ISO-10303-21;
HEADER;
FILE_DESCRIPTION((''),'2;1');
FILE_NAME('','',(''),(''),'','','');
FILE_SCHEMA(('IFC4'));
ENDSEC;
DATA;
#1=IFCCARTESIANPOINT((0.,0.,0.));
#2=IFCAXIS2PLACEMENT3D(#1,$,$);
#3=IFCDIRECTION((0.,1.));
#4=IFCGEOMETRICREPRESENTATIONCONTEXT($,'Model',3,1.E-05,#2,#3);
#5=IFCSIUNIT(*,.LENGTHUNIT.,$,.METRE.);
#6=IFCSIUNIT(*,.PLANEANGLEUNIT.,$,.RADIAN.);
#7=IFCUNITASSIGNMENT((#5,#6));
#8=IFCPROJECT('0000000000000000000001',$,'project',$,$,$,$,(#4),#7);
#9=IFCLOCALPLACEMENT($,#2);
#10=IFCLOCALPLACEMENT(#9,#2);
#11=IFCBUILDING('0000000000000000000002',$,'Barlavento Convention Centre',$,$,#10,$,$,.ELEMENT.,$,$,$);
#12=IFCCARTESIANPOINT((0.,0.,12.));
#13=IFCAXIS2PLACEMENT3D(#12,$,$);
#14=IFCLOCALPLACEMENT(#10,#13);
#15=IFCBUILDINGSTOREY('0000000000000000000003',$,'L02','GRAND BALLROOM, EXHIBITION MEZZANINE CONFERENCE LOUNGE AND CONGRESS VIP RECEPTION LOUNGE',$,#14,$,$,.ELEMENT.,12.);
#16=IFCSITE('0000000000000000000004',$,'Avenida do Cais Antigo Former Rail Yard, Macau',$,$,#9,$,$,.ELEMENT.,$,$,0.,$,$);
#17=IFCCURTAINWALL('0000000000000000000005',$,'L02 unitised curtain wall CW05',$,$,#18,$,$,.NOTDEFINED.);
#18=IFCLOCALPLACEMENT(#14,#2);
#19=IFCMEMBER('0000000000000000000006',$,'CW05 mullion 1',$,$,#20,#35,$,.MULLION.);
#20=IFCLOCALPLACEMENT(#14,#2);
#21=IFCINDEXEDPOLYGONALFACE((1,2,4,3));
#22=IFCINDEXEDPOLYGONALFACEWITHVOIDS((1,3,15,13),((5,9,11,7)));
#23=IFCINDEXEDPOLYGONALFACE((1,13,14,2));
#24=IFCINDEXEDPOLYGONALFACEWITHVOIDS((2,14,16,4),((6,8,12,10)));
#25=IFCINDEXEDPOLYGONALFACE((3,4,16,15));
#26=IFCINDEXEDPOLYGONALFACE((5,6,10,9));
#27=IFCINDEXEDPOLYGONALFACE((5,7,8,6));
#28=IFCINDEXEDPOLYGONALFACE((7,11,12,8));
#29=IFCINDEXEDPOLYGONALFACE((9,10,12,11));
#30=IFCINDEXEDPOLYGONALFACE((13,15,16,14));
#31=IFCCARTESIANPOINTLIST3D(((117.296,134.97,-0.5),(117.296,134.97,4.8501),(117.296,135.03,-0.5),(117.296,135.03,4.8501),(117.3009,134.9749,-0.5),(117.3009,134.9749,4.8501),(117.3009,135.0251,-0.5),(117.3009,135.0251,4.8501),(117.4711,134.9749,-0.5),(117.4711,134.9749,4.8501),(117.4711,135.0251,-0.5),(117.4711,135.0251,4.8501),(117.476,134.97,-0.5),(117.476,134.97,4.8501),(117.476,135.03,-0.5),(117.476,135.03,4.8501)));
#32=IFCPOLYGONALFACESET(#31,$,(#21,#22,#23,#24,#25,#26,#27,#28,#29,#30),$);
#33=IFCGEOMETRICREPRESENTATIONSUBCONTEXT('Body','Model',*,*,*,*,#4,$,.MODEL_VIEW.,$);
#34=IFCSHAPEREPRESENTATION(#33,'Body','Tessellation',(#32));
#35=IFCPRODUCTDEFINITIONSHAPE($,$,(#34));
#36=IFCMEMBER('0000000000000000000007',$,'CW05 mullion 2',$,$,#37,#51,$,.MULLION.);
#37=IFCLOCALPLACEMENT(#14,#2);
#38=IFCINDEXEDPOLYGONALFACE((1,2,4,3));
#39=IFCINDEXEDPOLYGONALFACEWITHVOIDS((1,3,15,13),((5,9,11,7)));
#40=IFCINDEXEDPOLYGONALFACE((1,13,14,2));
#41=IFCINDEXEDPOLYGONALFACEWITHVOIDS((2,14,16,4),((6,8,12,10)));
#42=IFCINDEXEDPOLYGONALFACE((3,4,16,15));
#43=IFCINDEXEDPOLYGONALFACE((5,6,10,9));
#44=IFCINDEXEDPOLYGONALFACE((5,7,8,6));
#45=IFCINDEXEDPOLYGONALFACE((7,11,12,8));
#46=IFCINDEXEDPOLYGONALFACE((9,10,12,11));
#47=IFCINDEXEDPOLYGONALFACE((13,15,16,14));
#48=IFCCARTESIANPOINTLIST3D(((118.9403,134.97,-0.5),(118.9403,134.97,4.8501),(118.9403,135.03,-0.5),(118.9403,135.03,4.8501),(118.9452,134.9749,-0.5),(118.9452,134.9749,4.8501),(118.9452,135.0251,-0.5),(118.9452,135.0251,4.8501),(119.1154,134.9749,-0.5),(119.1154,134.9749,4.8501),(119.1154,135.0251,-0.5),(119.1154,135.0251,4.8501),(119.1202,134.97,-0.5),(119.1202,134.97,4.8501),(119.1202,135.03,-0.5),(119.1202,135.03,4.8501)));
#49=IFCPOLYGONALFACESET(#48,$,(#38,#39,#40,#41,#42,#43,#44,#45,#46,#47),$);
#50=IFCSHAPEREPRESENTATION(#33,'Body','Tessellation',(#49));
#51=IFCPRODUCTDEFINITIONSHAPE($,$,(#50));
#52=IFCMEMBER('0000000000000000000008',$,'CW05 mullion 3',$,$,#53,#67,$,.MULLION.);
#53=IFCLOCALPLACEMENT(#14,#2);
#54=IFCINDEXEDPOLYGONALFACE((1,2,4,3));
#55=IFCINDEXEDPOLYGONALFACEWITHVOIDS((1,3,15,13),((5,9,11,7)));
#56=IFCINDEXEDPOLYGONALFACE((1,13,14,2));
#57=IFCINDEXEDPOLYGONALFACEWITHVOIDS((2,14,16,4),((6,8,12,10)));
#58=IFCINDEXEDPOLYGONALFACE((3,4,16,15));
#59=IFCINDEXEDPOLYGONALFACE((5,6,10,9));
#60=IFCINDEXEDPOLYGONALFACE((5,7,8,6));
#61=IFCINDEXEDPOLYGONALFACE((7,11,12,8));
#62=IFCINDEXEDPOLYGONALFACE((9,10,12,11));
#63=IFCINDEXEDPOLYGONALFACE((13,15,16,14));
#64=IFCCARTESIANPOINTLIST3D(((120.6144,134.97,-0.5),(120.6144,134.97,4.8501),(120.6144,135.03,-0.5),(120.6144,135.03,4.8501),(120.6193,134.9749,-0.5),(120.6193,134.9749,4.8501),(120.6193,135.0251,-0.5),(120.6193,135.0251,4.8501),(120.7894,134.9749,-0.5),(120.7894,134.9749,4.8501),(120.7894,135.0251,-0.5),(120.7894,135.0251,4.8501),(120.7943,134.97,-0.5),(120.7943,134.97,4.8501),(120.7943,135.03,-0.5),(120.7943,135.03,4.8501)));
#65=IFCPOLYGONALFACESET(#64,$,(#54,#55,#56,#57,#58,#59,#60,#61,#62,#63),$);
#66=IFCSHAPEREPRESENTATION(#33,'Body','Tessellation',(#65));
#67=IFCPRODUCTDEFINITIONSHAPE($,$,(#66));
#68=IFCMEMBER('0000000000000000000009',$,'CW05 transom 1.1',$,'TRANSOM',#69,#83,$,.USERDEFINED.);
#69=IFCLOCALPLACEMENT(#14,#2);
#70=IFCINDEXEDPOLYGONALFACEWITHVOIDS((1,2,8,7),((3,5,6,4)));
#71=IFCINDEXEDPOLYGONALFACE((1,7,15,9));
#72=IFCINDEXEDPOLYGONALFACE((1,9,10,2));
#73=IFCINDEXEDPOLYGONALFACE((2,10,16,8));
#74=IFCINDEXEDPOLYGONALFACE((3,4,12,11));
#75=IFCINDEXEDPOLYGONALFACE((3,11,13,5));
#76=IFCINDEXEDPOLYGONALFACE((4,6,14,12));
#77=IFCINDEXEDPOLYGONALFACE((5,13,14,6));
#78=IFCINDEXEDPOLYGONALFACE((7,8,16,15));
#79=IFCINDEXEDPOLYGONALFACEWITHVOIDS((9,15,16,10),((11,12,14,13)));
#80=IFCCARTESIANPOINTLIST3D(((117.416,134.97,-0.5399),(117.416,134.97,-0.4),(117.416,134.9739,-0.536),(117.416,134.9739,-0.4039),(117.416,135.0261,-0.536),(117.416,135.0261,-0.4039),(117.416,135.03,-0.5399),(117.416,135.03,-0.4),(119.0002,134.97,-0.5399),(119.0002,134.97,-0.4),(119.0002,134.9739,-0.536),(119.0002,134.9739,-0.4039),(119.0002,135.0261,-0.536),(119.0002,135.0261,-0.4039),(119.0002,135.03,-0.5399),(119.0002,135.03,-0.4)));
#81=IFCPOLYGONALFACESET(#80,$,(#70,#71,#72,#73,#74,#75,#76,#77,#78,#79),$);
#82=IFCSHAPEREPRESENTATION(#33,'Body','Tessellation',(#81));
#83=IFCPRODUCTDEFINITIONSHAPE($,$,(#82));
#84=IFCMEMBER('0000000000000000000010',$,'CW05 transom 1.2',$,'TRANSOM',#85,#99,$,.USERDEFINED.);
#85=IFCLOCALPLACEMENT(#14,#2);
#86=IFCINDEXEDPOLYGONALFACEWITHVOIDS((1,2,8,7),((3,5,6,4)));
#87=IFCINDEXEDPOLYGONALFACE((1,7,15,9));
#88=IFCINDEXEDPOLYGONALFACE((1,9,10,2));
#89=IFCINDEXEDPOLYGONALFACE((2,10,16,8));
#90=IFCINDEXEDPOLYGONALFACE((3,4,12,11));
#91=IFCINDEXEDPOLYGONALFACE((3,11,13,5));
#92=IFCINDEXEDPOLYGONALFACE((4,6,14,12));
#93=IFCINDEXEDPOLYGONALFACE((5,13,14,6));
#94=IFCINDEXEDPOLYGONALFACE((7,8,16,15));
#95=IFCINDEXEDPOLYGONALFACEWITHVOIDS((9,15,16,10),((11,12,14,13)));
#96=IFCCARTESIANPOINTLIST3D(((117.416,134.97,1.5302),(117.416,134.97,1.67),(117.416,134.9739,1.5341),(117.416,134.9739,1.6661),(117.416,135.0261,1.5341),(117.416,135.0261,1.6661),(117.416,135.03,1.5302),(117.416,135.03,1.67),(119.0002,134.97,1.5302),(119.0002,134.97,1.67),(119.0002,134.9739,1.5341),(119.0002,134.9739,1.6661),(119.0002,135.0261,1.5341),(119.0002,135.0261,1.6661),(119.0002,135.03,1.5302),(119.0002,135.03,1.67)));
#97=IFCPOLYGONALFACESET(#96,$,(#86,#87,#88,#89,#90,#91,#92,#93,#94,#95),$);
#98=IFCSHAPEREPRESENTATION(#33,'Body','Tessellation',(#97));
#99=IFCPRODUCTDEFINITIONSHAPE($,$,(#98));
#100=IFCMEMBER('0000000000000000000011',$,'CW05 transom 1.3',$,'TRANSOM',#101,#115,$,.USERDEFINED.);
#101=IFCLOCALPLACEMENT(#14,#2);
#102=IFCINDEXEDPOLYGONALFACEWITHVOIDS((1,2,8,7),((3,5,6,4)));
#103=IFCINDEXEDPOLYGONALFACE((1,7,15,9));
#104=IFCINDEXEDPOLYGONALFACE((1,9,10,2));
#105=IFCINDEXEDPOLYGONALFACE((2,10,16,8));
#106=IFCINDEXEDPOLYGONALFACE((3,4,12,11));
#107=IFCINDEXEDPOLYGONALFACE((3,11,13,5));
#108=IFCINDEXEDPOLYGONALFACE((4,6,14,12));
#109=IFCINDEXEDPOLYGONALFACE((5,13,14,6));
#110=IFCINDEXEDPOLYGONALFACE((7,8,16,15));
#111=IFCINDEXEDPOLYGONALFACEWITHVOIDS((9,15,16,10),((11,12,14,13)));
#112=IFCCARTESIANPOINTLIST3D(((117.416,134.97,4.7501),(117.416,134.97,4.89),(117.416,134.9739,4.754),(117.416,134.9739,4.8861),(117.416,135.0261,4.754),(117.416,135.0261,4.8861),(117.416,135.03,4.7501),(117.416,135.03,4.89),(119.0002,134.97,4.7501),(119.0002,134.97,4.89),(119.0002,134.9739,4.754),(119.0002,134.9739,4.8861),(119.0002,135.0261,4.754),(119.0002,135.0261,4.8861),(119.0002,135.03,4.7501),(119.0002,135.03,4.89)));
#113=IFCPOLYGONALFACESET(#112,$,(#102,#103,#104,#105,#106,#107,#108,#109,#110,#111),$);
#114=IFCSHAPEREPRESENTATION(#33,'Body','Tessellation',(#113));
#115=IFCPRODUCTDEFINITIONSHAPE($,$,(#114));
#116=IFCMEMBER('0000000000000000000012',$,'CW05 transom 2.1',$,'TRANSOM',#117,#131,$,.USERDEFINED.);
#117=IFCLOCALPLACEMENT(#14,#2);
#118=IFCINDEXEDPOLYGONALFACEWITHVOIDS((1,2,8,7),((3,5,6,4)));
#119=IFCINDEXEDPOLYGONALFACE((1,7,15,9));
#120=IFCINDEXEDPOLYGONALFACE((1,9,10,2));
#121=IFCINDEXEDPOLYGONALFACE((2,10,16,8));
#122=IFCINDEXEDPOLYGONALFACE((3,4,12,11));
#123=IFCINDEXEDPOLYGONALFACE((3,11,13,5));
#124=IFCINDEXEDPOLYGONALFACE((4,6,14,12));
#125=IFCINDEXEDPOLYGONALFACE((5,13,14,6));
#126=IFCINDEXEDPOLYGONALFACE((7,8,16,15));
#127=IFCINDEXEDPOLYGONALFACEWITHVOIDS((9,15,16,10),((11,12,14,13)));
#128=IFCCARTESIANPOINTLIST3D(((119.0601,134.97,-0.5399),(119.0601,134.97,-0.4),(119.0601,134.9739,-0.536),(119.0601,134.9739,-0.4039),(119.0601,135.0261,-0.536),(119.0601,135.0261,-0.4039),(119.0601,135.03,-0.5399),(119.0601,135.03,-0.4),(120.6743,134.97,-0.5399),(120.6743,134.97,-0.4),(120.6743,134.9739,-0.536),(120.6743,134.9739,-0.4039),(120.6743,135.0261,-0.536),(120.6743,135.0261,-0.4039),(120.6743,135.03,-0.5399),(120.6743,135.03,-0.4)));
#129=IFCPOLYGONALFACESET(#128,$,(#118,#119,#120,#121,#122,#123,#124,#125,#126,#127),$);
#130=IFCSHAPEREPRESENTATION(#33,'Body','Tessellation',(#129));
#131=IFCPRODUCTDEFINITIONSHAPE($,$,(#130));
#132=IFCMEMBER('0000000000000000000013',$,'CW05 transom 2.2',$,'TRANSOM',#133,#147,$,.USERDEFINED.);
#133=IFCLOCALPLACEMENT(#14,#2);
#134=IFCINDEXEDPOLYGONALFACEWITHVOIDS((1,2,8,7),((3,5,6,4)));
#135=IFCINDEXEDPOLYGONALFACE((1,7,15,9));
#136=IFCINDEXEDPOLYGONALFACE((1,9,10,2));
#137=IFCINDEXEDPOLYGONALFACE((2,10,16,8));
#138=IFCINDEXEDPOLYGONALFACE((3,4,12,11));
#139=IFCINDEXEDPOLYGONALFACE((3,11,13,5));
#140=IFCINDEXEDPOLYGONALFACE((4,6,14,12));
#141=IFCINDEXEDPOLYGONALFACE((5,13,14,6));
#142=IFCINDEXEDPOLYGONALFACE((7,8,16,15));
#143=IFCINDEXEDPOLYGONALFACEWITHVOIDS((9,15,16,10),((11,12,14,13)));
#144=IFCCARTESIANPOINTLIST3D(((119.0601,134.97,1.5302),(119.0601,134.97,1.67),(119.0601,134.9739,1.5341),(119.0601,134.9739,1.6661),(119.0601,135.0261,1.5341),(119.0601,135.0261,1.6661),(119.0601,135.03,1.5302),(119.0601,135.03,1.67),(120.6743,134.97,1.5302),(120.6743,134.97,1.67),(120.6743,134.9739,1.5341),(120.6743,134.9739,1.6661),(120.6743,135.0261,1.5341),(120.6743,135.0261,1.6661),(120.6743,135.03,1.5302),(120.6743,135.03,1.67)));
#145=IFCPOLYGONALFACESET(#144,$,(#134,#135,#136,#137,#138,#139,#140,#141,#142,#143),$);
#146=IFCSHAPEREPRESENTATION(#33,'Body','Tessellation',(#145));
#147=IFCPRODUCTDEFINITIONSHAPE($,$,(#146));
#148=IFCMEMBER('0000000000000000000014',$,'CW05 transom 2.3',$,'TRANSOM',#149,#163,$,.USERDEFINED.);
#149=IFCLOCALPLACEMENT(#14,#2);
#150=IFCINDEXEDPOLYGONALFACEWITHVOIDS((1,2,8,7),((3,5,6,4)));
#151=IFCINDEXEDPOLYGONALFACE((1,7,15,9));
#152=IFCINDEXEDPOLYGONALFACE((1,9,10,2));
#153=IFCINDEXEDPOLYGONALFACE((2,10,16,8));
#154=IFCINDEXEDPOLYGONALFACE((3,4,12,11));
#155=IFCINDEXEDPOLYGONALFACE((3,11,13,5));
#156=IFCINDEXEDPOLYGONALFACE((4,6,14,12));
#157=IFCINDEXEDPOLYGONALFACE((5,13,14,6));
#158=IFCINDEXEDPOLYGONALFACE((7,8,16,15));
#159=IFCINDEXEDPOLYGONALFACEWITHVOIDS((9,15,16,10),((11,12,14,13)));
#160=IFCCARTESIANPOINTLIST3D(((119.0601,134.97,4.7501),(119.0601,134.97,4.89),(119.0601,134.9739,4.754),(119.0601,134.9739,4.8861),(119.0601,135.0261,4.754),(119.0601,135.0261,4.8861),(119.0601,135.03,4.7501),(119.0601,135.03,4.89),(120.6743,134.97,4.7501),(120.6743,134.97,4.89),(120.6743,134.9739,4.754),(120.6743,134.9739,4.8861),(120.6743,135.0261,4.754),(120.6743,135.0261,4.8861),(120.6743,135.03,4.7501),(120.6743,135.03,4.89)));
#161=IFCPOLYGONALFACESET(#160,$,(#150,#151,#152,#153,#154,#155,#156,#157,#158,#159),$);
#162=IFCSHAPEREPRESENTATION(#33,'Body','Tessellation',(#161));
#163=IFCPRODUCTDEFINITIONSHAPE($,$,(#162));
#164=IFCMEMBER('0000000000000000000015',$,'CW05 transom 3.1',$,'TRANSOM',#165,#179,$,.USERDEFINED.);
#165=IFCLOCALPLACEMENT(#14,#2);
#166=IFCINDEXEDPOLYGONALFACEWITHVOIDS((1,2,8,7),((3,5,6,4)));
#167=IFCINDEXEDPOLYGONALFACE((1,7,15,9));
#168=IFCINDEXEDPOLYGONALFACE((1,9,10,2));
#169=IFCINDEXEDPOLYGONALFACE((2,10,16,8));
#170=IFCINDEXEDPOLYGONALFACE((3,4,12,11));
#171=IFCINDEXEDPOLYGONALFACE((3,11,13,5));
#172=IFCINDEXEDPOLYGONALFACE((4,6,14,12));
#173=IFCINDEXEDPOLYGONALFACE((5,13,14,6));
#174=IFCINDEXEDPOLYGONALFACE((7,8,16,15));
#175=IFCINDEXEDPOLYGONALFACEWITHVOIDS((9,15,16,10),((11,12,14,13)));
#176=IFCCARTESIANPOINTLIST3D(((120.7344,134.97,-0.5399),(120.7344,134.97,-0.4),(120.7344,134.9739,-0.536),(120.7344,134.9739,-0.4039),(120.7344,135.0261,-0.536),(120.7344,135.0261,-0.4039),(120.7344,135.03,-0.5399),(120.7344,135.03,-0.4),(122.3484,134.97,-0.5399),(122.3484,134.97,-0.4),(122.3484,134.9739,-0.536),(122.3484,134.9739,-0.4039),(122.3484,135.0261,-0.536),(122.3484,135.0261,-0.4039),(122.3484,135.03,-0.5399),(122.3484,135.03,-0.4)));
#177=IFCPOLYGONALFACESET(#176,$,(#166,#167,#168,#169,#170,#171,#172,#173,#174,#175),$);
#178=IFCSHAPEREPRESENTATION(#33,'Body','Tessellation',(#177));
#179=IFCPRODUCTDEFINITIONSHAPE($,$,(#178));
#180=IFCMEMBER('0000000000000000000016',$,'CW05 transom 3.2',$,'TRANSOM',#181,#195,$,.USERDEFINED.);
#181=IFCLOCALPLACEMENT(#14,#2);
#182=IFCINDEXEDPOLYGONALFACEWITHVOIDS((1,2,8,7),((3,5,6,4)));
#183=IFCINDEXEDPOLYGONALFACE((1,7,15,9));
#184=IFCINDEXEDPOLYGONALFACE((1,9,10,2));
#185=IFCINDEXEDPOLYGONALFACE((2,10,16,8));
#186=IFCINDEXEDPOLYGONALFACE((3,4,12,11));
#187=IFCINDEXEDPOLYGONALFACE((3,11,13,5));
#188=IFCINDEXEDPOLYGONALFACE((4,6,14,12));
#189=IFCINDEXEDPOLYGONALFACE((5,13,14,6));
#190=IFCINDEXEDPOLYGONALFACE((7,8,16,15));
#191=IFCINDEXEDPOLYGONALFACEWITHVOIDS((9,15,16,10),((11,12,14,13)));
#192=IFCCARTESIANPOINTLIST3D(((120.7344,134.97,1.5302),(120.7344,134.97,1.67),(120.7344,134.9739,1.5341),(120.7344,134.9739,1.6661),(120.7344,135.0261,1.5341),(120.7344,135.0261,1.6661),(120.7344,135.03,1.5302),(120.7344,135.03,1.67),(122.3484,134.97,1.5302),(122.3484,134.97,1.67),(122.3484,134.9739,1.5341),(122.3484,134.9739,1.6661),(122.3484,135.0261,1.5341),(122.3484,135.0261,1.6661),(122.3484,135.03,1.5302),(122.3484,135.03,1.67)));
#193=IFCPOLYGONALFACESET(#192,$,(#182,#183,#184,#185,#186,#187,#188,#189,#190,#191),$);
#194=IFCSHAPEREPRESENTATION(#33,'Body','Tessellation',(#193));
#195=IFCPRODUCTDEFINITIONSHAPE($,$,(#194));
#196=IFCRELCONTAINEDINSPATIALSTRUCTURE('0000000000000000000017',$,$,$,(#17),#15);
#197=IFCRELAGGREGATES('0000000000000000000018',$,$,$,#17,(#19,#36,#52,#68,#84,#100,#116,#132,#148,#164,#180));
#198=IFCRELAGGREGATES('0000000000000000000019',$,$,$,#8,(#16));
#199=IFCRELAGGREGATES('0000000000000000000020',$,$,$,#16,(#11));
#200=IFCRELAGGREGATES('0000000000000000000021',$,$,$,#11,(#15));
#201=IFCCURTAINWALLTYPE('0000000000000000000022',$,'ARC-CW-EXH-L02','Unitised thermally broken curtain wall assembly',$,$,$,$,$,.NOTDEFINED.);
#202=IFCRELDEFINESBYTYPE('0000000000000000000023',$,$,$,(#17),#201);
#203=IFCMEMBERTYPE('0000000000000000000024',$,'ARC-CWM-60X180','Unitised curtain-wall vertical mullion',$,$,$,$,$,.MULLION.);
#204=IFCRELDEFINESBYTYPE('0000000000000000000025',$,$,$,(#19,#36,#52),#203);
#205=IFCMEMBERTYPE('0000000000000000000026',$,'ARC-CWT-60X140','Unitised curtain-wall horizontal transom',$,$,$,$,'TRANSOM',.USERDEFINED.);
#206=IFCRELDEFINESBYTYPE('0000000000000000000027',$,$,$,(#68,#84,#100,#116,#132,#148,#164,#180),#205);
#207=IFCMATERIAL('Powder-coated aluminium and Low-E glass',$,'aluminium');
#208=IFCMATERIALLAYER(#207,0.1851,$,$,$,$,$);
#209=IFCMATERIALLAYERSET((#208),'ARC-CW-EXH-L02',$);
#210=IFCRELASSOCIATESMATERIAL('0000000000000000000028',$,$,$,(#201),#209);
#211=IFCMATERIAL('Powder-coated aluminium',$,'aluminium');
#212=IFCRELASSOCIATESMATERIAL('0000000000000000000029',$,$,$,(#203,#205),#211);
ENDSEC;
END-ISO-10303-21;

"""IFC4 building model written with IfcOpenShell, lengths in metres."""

from ifc_helpers import new_model, si_unit, direction, frame, origin, origin_2d, place, context, subcontext, project, spatial, hollow_rectangle, extrude, material, layer, layer_set, material_profile, profile_set, type_object, element, aggregate, save


model = new_model("IFC4")

# Units and contexts
model_context = context("Model", 3, precision=1e-05, world=origin(), true_north=direction((0.0, 1.0)))
body_context = subcontext(model_context, "Body", "Model", "MODEL_VIEW")
ifc_project = project(units=[si_unit("LENGTHUNIT", "METRE"), si_unit("PLANEANGLEUNIT", "RADIAN")], contexts=[model_context])

# Site, building, storey
site_placement = place(None, origin())
site = spatial("IfcSite", under=ifc_project, at=site_placement, Name="Avenida do Cais Antigo Former Rail Yard, Macau", CompositionType="ELEMENT", RefElevation=0.0)
building_placement = place(site_placement, origin())
building = spatial("IfcBuilding", under=site, at=building_placement, Name="Barlavento Convention Centre", CompositionType="ELEMENT")
storey_placement = place(building_placement, frame((0.0, 0.0, 12.0)))
storey = spatial("IfcBuildingStorey", under=building, at=storey_placement, Name="L02", Description="GRAND BALLROOM, EXHIBITION MEZZANINE CONFERENCE LOUNGE AND CONGRESS VIP RECEPTION LOUNGE", CompositionType="ELEMENT", Elevation=12.0)

# Curtain wall, members
ifc_material_1 = material(Name="Powder-coated aluminium and Low-E glass", Category="aluminium")
ifc_layer_1 = layer(ifc_material_1, 0.1851)
ifc_layer_set_1 = layer_set([ifc_layer_1], Name="ARC-CW-EXH-L02")
curtain_wall_type = type_object("IfcCurtainWallType", Name="ARC-CW-EXH-L02", Description="Unitised thermally broken curtain wall assembly", PredefinedType="NOTDEFINED", material=ifc_layer_set_1)
curtain_wall_placement = place(storey_placement, origin())
curtain_wall = element("IfcCurtainWall", 1, at=curtain_wall_placement, inside=storey, type_object=curtain_wall_type, Name="L02 unitised curtain wall CW05", PredefinedType="NOTDEFINED")
ifc_material_2 = material(Name="Powder-coated aluminium", Category="aluminium")
ifc_material_profile_1 = material_profile(ifc_material_2, hollow_rectangle(XDim=0.0601, YDim=0.1799, WallThickness=0.0049, at=origin_2d()), Name="AL-MULL 60x180x5")
ifc_profile_set_1 = profile_set([ifc_material_profile_1], Name="Powder-coated aluminium")
member_type_1 = type_object("IfcMemberType", Name="ARC-CWM-60X180", Description="Unitised curtain-wall vertical mullion", PredefinedType="MULLION", material=ifc_profile_set_1)
member_1_placement = place(storey_placement, frame((117.386, 135.0, -0.5), z_axis=(0.0, 0.0, 1.0), x_axis=(0.0, 1.0, 0.0)))
member_1 = element("IfcMember", 2, at=member_1_placement, type_object=member_type_1, Name="CW05 mullion 1", PredefinedType="MULLION", context=body_context, shape_type="SweptSolid", body=[
    extrude(hollow_rectangle(XDim=0.0601, YDim=0.1799, WallThickness=0.0049, at=origin_2d()), origin(), (0.0, 0.0, 1.0), 5.3501),
])
member_2_placement = place(storey_placement, frame((119.0303, 135.0, -0.5), z_axis=(0.0, 0.0, 1.0), x_axis=(0.0, 1.0, 0.0)))
member_2 = element("IfcMember", 3, at=member_2_placement, type_object=member_type_1, Name="CW05 mullion 2", PredefinedType="MULLION", context=body_context, shape_type="SweptSolid", body=[
    extrude(hollow_rectangle(XDim=0.0601, YDim=0.1799, WallThickness=0.0049, at=origin_2d()), origin(), (0.0, 0.0, 1.0), 5.3501),
])
member_3_placement = place(storey_placement, frame((120.7043, 135.0, -0.5), z_axis=(0.0, 0.0, 1.0), x_axis=(0.0, 1.0, 0.0)))
member_3 = element("IfcMember", 4, at=member_3_placement, type_object=member_type_1, Name="CW05 mullion 3", PredefinedType="MULLION", context=body_context, shape_type="SweptSolid", body=[
    extrude(hollow_rectangle(XDim=0.0601, YDim=0.1799, WallThickness=0.0049, at=origin_2d()), origin(), (0.0, 0.0, 1.0), 5.3501),
])
ifc_material_profile_2 = material_profile(ifc_material_2, hollow_rectangle(XDim=0.0601, YDim=0.1399, WallThickness=0.0039, at=origin_2d()), Name="AL-TRAN 60x140x4")
ifc_profile_set_2 = profile_set([ifc_material_profile_2], Name="Powder-coated aluminium")
member_type_2 = type_object("IfcMemberType", Name="ARC-CWT-60X140", Description="Unitised curtain-wall horizontal transom", ElementType="TRANSOM", PredefinedType="USERDEFINED", material=ifc_profile_set_2)
member_4_placement = place(storey_placement, frame((117.416, 135.0, -0.47), z_axis=(1.0, 0.0, 0.0), x_axis=(0.0, 1.0, 0.0)))
member_4 = element("IfcMember", 5, at=member_4_placement, type_object=member_type_2, Name="CW05 transom 1.1", ObjectType="TRANSOM", PredefinedType="USERDEFINED", context=body_context, shape_type="SweptSolid", body=[
    extrude(hollow_rectangle(XDim=0.0601, YDim=0.1399, WallThickness=0.0039, at=origin_2d()), origin(), (0.0, 0.0, 1.0), 1.5842),
])
member_5_placement = place(storey_placement, frame((117.416, 135.0, 1.6001), z_axis=(1.0, 0.0, 0.0), x_axis=(0.0, 1.0, 0.0)))
member_5 = element("IfcMember", 6, at=member_5_placement, type_object=member_type_2, Name="CW05 transom 1.2", ObjectType="TRANSOM", PredefinedType="USERDEFINED", context=body_context, shape_type="SweptSolid", body=[
    extrude(hollow_rectangle(XDim=0.0601, YDim=0.1399, WallThickness=0.0039, at=origin_2d()), origin(), (0.0, 0.0, 1.0), 1.5842),
])
member_6_placement = place(storey_placement, frame((117.416, 135.0, 4.8201), z_axis=(1.0, 0.0, 0.0), x_axis=(0.0, 1.0, 0.0)))
member_6 = element("IfcMember", 7, at=member_6_placement, type_object=member_type_2, Name="CW05 transom 1.3", ObjectType="TRANSOM", PredefinedType="USERDEFINED", context=body_context, shape_type="SweptSolid", body=[
    extrude(hollow_rectangle(XDim=0.0601, YDim=0.1399, WallThickness=0.0039, at=origin_2d()), origin(), (0.0, 0.0, 1.0), 1.5842),
])
member_7_placement = place(storey_placement, frame((119.0601, 135.0, -0.47), z_axis=(1.0, 0.0, 0.0), x_axis=(0.0, 1.0, 0.0)))
member_7 = element("IfcMember", 8, at=member_7_placement, type_object=member_type_2, Name="CW05 transom 2.1", ObjectType="TRANSOM", PredefinedType="USERDEFINED", context=body_context, shape_type="SweptSolid", body=[
    extrude(hollow_rectangle(XDim=0.0601, YDim=0.1399, WallThickness=0.0039, at=origin_2d()), origin(), (0.0, 0.0, 1.0), 1.6143),
])
member_8_placement = place(storey_placement, frame((119.0601, 135.0, 1.6001), z_axis=(1.0, 0.0, 0.0), x_axis=(0.0, 1.0, 0.0)))
member_8 = element("IfcMember", 9, at=member_8_placement, type_object=member_type_2, Name="CW05 transom 2.2", ObjectType="TRANSOM", PredefinedType="USERDEFINED", context=body_context, shape_type="SweptSolid", body=[
    extrude(hollow_rectangle(XDim=0.0601, YDim=0.1399, WallThickness=0.0039, at=origin_2d()), origin(), (0.0, 0.0, 1.0), 1.6143),
])
member_9_placement = place(storey_placement, frame((119.0601, 135.0, 4.8201), z_axis=(1.0, 0.0, 0.0), x_axis=(0.0, 1.0, 0.0)))
member_9 = element("IfcMember", 10, at=member_9_placement, type_object=member_type_2, Name="CW05 transom 2.3", ObjectType="TRANSOM", PredefinedType="USERDEFINED", context=body_context, shape_type="SweptSolid", body=[
    extrude(hollow_rectangle(XDim=0.0601, YDim=0.1399, WallThickness=0.0039, at=origin_2d()), origin(), (0.0, 0.0, 1.0), 1.6143),
])
member_10_placement = place(storey_placement, frame((120.7344, 135.0, -0.47), z_axis=(1.0, 0.0, 0.0), x_axis=(0.0, 1.0, 0.0)))
member_10 = element("IfcMember", 11, at=member_10_placement, type_object=member_type_2, Name="CW05 transom 3.1", ObjectType="TRANSOM", PredefinedType="USERDEFINED", context=body_context, shape_type="SweptSolid", body=[
    extrude(hollow_rectangle(XDim=0.0601, YDim=0.1399, WallThickness=0.0039, at=origin_2d()), origin(), (0.0, 0.0, 1.0), 1.614),
])
member_11_placement = place(storey_placement, frame((120.7344, 135.0, 1.6001), z_axis=(1.0, 0.0, 0.0), x_axis=(0.0, 1.0, 0.0)))
member_11 = element("IfcMember", 12, at=member_11_placement, type_object=member_type_2, Name="CW05 transom 3.2", ObjectType="TRANSOM", PredefinedType="USERDEFINED", context=body_context, shape_type="SweptSolid", body=[
    extrude(hollow_rectangle(XDim=0.0601, YDim=0.1399, WallThickness=0.0039, at=origin_2d()), origin(), (0.0, 0.0, 1.0), 1.614),
])
aggregate(curtain_wall, [member_1, member_2, member_3, member_4, member_5, member_6, member_7, member_8, member_9, member_10, member_11])

save(model, "model.ifc")
